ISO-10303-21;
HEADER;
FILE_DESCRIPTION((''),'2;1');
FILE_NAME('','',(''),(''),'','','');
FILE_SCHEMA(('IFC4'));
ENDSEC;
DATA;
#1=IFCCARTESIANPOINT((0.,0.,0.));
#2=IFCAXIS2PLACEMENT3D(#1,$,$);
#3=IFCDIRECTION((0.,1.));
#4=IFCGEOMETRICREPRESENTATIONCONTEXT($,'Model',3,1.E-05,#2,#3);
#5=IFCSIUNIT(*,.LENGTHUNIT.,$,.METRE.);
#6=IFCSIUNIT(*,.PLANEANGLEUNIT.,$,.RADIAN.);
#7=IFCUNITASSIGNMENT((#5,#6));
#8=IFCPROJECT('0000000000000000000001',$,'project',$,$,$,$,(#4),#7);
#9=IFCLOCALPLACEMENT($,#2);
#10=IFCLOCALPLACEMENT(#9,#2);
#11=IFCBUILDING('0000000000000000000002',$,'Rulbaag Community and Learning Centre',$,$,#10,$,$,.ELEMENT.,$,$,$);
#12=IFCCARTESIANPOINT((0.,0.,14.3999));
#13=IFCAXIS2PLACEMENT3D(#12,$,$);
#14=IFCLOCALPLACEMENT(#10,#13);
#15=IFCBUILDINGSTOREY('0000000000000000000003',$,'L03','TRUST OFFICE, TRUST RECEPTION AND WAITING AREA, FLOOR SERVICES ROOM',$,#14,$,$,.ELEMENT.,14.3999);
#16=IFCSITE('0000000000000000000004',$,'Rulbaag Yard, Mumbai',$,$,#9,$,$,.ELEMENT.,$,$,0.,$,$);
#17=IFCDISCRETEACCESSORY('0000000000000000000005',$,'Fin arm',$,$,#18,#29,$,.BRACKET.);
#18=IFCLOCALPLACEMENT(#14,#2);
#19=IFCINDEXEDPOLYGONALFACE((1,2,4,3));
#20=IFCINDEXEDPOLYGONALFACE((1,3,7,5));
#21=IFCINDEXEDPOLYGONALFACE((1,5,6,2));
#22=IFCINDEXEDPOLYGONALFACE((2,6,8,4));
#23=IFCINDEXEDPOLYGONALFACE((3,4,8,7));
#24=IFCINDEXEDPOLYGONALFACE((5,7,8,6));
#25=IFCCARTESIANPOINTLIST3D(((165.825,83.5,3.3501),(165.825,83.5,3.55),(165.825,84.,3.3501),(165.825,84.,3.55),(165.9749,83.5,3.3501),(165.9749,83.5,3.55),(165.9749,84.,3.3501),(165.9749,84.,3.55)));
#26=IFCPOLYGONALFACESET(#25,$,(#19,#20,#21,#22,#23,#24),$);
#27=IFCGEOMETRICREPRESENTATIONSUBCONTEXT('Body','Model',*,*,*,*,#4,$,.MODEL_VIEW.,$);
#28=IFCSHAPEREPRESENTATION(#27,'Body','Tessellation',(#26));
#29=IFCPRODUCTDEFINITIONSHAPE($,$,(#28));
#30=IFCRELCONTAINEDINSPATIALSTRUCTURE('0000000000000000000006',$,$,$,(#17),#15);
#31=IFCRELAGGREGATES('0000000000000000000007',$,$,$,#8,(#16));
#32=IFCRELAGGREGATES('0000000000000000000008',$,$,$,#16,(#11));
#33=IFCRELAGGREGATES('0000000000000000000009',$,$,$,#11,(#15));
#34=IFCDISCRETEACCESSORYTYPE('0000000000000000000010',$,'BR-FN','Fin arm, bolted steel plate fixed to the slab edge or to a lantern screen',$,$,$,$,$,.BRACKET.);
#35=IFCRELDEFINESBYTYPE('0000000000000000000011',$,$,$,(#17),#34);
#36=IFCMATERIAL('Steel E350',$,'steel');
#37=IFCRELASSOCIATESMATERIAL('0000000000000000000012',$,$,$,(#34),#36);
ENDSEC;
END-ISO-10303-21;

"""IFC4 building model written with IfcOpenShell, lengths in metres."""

from ifc_helpers import new_model, si_unit, direction, frame, origin, origin_2d, place, context, subcontext, project, spatial, rectangle, extrude, material, type_object, element, save


model = new_model("IFC4")

# Units and contexts
model_context = context("Model", 3, precision=1e-05, world=origin(), true_north=direction((0.0, 1.0)))
body_context = subcontext(model_context, "Body", "Model", "MODEL_VIEW")
ifc_project = project(units=[si_unit("LENGTHUNIT", "METRE"), si_unit("PLANEANGLEUNIT", "RADIAN")], contexts=[model_context])

# Site, building, storey
site_placement = place(None, origin())
site = spatial("IfcSite", under=ifc_project, at=site_placement, Name="Rulbaag Yard, Mumbai", CompositionType="ELEMENT", RefElevation=0.0)
building_placement = place(site_placement, origin())
building = spatial("IfcBuilding", under=site, at=building_placement, Name="Rulbaag Community and Learning Centre", CompositionType="ELEMENT")
storey_placement = place(building_placement, frame((0.0, 0.0, 14.3999)))
storey = spatial("IfcBuildingStorey", under=building, at=storey_placement, Name="L03", Description="TRUST OFFICE, TRUST RECEPTION AND WAITING AREA, FLOOR SERVICES ROOM", CompositionType="ELEMENT", Elevation=14.3999)

# Discrete accessory
ifc_material_1 = material(Name="Steel E350", Category="steel")
discrete_accessory_type = type_object("IfcDiscreteAccessoryType", Name="BR-FN", Description="Fin arm, bolted steel plate fixed to the slab edge or to a lantern screen", PredefinedType="BRACKET", material=ifc_material_1)
for number, where, z_axis, x_axis, name in (
    (1, (165.8999, 83.75, 3.3501), (0.0, 0.0, 1.0), (1.0, 0.0, 0.0), "Fin arm"),
):
    element("IfcDiscreteAccessory", number, at=place(storey_placement, frame(where, z_axis=z_axis, x_axis=x_axis)), inside=storey, type_object=discrete_accessory_type, Name=name, PredefinedType="BRACKET", context=body_context, shape_type="SweptSolid", body=[
        extrude(rectangle(XDim=0.1499, YDim=0.5, at=origin_2d()), origin(), (0.0, 0.0, 1.0), 0.2),
    ])

save(model, "model.ifc")
